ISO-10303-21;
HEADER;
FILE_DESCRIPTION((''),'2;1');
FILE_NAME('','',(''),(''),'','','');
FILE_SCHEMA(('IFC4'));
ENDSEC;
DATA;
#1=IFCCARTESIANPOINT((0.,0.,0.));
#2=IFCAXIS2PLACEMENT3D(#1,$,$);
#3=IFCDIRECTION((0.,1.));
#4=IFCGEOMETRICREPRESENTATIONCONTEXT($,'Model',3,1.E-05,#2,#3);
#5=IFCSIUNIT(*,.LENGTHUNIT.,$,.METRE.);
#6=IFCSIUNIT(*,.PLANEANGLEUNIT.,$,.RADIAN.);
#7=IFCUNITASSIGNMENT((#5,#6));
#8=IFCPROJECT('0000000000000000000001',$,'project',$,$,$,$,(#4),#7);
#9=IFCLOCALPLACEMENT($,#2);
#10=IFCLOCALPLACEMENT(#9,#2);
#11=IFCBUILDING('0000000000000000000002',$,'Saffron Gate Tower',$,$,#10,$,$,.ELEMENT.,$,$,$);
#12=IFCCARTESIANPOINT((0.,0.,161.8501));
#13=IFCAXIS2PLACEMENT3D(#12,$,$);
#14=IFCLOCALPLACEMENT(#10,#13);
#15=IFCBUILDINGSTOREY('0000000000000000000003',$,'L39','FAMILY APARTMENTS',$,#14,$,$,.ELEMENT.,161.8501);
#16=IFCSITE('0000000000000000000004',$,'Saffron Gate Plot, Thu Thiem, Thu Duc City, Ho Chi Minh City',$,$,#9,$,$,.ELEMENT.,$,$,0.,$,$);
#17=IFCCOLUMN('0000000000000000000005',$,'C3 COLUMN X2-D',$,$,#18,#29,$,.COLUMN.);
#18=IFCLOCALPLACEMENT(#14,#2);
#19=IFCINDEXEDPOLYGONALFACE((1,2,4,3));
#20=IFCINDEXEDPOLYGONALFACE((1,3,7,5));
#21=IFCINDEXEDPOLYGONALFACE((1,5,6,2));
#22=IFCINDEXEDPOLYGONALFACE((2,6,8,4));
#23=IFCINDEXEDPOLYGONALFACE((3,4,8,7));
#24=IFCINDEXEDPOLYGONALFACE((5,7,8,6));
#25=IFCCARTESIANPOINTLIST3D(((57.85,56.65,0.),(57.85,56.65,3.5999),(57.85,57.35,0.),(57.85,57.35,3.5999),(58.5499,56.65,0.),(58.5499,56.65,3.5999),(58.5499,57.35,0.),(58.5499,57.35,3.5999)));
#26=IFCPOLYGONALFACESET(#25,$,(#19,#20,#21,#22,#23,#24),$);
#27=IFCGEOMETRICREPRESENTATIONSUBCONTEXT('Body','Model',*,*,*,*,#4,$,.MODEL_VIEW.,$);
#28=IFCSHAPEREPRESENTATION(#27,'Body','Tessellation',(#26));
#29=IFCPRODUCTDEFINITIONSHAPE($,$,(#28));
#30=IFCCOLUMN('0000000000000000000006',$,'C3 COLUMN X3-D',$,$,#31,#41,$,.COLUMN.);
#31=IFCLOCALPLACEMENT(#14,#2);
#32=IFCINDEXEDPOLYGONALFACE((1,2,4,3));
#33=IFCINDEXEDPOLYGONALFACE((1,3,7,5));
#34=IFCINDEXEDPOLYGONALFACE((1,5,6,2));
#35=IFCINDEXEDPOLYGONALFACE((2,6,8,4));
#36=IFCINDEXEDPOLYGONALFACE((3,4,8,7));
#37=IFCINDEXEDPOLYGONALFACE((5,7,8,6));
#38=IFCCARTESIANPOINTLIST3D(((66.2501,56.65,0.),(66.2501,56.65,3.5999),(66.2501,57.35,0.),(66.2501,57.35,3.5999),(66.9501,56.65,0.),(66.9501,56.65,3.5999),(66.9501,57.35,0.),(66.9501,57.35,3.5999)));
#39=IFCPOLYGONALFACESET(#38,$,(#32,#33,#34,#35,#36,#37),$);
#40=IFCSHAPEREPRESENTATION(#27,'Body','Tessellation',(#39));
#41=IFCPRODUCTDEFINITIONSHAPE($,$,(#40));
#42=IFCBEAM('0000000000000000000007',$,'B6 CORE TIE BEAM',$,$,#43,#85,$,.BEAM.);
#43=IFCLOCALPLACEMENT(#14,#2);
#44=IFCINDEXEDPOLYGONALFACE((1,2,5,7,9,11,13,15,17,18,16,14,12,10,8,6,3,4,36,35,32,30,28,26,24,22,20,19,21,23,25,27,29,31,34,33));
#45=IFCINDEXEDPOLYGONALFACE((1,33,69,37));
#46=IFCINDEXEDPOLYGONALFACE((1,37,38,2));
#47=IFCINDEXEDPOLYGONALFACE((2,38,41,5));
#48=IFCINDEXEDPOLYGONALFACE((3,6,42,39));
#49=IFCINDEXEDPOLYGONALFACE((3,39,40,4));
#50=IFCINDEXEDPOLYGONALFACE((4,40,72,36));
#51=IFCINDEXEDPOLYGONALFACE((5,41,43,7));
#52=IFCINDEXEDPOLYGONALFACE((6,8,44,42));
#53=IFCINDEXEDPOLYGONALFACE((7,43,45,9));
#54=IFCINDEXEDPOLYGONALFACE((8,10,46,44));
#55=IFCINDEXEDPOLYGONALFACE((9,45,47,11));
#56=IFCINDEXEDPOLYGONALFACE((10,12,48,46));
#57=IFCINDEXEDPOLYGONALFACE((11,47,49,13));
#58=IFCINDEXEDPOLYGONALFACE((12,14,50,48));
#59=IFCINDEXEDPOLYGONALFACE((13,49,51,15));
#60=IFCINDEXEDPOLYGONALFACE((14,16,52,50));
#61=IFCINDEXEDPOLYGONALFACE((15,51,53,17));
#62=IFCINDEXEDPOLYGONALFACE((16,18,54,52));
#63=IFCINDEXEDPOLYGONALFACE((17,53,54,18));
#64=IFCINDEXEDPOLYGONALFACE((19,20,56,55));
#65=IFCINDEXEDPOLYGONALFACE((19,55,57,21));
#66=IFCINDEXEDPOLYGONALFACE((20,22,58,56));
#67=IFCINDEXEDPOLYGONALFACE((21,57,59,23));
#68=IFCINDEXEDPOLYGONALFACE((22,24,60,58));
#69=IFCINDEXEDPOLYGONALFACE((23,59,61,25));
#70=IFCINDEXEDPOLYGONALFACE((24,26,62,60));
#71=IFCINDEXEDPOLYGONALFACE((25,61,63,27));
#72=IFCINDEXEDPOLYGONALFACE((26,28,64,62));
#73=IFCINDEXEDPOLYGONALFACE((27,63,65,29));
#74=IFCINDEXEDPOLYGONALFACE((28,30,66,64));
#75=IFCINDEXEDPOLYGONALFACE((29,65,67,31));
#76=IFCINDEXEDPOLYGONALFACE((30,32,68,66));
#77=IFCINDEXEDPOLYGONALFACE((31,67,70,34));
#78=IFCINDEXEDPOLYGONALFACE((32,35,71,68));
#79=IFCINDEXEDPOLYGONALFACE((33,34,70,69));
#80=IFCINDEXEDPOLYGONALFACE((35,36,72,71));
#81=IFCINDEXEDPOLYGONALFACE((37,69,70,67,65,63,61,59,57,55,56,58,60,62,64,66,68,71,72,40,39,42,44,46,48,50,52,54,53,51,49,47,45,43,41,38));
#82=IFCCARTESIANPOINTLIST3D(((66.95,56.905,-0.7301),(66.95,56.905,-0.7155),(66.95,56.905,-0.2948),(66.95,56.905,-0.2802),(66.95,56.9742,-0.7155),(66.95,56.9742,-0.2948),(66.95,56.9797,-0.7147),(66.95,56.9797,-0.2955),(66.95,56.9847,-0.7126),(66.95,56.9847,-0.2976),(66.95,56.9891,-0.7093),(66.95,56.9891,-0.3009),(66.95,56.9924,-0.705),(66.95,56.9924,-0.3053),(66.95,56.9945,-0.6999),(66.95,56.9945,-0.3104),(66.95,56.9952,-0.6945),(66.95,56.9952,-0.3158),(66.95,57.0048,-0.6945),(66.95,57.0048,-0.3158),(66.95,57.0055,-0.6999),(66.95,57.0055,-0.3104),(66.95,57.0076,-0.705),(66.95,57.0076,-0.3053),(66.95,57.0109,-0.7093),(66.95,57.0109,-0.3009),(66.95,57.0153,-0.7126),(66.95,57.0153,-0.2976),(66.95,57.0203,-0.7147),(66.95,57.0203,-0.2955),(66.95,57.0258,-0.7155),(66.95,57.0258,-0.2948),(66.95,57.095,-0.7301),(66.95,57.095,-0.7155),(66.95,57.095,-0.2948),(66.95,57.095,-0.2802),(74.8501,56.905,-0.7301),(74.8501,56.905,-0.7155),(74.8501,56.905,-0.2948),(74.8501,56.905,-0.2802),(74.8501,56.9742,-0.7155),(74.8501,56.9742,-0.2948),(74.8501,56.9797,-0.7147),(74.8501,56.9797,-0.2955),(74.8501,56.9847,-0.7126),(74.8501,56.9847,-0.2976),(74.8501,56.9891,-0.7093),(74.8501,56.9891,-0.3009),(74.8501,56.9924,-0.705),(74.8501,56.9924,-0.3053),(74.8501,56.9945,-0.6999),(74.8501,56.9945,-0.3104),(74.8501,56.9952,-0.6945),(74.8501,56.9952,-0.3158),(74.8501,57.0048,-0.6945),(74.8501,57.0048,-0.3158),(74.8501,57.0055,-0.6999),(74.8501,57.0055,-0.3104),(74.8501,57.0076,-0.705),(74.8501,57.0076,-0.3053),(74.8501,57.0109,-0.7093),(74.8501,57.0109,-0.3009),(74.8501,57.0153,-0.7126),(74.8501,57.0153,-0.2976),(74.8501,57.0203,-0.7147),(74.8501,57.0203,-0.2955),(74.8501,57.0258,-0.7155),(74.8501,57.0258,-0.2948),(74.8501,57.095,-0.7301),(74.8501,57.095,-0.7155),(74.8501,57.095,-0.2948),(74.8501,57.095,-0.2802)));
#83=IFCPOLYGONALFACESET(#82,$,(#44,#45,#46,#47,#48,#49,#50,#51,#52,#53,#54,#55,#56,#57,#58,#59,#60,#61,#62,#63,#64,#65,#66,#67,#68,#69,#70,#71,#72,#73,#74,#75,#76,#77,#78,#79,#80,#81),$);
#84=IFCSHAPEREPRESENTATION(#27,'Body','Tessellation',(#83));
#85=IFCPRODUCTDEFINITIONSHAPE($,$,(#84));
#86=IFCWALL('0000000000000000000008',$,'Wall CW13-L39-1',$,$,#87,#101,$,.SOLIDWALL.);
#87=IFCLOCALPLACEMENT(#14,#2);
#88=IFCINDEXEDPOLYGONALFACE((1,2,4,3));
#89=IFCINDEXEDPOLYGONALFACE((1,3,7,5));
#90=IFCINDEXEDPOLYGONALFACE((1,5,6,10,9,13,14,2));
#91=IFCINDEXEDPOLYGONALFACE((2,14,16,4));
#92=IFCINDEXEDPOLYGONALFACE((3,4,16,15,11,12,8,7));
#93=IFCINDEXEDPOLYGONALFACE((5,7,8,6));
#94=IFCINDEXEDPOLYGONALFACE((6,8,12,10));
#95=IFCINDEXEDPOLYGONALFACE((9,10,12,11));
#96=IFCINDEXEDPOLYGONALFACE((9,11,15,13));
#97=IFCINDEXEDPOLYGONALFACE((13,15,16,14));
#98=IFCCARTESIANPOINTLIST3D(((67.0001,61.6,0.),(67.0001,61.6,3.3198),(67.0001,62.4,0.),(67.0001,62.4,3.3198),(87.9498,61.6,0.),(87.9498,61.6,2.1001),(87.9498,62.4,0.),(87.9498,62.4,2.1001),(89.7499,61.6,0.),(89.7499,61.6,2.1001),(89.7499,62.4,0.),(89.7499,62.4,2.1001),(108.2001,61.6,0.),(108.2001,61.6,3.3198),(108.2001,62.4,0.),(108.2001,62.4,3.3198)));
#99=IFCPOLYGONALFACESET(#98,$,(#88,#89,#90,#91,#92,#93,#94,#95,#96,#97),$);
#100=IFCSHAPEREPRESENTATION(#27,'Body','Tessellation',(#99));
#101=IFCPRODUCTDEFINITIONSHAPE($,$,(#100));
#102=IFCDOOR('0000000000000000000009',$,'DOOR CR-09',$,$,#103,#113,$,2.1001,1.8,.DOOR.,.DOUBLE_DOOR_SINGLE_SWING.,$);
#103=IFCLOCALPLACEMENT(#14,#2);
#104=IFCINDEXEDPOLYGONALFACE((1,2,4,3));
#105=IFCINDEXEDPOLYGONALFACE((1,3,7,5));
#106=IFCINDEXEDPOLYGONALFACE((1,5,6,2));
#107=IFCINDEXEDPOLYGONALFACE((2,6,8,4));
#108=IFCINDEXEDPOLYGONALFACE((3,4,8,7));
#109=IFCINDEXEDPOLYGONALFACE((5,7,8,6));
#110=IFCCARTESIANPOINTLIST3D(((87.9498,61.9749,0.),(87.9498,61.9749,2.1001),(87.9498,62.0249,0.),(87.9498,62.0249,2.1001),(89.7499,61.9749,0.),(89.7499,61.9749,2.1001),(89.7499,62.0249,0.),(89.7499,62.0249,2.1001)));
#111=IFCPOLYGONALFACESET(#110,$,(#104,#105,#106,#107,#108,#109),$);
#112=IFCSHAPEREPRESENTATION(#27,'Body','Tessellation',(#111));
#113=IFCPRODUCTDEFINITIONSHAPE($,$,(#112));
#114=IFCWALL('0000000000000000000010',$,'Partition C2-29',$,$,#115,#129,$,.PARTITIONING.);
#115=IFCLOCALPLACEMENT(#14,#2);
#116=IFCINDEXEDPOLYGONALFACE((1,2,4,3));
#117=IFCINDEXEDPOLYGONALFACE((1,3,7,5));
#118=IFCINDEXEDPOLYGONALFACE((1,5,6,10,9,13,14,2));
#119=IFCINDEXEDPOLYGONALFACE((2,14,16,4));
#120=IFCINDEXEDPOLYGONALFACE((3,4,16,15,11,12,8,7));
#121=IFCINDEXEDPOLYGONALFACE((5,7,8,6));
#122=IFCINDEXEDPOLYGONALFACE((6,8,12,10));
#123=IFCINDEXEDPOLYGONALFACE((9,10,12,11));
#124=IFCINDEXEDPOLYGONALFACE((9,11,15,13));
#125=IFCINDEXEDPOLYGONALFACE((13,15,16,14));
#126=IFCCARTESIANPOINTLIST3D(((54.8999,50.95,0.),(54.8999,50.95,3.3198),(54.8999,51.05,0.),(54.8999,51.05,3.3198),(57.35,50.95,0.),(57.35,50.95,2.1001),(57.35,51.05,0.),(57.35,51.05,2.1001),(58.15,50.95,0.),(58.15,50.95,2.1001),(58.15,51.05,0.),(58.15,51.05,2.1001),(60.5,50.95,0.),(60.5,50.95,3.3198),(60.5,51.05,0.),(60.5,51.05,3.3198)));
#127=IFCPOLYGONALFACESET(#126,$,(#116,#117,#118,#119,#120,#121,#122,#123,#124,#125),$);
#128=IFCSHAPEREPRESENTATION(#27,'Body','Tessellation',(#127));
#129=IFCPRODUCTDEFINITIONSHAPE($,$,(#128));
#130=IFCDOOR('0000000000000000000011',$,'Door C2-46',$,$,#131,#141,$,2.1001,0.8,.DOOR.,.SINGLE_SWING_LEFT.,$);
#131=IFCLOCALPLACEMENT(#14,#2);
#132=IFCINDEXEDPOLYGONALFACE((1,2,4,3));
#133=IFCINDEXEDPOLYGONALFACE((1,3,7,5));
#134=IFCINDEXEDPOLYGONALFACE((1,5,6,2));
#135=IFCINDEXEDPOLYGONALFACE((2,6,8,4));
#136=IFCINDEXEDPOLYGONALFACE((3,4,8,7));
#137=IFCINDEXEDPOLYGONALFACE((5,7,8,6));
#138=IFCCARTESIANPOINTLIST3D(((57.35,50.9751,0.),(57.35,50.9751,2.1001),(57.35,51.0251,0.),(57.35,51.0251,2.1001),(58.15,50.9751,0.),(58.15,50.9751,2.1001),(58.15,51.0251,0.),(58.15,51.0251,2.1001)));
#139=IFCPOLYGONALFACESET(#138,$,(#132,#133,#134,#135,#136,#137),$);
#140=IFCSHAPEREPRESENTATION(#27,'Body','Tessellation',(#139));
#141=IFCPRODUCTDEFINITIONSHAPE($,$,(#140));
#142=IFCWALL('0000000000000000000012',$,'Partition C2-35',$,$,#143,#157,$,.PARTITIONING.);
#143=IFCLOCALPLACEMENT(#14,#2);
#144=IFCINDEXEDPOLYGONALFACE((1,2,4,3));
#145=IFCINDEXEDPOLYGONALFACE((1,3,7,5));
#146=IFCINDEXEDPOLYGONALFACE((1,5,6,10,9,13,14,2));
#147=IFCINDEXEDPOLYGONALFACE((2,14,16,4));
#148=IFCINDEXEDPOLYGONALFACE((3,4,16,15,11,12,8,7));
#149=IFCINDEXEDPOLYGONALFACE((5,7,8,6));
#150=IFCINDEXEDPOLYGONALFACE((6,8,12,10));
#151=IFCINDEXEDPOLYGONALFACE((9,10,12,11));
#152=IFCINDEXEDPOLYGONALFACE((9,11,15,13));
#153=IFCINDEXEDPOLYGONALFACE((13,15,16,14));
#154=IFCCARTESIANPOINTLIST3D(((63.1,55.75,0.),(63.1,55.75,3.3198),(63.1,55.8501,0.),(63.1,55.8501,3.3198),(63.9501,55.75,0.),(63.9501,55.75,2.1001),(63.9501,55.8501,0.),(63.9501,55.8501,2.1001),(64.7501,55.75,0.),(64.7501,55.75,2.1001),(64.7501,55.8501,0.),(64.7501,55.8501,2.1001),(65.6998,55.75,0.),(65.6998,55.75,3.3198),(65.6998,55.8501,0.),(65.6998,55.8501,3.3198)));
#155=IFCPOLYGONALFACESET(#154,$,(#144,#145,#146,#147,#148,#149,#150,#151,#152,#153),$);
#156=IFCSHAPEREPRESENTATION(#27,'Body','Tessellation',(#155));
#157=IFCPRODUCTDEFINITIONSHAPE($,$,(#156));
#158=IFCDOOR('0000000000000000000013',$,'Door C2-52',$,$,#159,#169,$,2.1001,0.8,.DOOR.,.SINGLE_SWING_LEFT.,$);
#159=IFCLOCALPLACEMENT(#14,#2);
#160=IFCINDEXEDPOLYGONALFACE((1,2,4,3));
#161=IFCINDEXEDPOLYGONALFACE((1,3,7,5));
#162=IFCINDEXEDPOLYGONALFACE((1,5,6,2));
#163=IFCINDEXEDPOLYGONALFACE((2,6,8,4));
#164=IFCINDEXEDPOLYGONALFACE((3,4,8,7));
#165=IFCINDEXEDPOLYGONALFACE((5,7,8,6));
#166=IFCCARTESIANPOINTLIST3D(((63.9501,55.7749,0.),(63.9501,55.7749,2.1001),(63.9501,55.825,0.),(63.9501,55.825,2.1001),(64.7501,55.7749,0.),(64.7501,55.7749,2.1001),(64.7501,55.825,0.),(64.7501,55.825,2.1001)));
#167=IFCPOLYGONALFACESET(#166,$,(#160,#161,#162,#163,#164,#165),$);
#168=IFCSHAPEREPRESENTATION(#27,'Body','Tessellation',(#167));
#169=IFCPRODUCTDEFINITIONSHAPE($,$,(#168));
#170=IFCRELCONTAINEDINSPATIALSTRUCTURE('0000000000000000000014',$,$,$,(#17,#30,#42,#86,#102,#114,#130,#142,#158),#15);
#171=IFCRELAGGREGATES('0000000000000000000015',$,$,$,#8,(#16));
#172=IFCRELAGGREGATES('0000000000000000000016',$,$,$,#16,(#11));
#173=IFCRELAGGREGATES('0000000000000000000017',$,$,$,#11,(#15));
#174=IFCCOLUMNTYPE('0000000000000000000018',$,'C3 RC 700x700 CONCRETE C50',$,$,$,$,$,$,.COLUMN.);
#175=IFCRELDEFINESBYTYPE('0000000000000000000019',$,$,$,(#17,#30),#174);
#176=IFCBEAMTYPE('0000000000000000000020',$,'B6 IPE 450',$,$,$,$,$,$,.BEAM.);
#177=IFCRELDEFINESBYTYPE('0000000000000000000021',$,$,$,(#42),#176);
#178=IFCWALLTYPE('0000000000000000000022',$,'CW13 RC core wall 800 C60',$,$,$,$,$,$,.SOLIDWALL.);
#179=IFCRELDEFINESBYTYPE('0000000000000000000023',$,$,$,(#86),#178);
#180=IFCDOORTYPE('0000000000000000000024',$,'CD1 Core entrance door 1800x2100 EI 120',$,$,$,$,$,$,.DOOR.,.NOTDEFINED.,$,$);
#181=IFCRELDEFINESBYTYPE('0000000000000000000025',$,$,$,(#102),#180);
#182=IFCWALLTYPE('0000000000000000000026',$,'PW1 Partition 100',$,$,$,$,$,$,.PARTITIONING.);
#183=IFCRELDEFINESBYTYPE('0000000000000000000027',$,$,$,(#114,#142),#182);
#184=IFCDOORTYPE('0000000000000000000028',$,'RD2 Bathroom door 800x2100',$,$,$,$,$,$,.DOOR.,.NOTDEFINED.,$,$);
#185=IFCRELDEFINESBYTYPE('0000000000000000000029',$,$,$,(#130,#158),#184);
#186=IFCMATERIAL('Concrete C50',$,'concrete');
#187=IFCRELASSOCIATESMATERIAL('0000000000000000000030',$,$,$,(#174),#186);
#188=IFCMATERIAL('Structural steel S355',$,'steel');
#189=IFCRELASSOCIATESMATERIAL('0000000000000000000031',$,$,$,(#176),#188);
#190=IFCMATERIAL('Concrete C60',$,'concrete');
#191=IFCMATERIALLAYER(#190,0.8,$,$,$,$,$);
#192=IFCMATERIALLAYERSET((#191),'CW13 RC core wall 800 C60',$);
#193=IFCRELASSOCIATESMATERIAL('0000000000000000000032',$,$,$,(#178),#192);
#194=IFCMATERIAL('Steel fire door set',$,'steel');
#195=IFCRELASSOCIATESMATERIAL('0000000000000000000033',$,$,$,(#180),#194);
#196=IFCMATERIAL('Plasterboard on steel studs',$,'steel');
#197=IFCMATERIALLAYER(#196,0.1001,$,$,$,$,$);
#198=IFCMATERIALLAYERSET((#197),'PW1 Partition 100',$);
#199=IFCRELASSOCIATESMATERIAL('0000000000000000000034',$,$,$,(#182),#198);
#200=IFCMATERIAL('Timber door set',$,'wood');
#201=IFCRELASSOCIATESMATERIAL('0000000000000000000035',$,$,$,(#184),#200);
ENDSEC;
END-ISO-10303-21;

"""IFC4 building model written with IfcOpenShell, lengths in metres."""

from ifc_helpers import new_model, si_unit, direction, frame, frame_2d, origin, origin_2d, place, context, subcontext, project, spatial, rectangle, i_section, extrude, material, layer, layer_set, material_profile, profile_set, type_object, element, fill, save


model = new_model("IFC4")

# Units and contexts
model_context = context("Model", 3, precision=1e-05, world=origin(), true_north=direction((0.0, 1.0)))
body_context = subcontext(model_context, "Body", "Model", "MODEL_VIEW")
ifc_project = project(units=[si_unit("LENGTHUNIT", "METRE"), si_unit("PLANEANGLEUNIT", "RADIAN")], contexts=[model_context])

# Site, building, storey
site_placement = place(None, origin())
site = spatial("IfcSite", under=ifc_project, at=site_placement, Name="Saffron Gate Plot, Thu Thiem, Thu Duc City, Ho Chi Minh City", CompositionType="ELEMENT", RefElevation=0.0)
building_placement = place(site_placement, origin())
building = spatial("IfcBuilding", under=site, at=building_placement, Name="Saffron Gate Tower", CompositionType="ELEMENT")
storey_placement = place(building_placement, frame((0.0, 0.0, 161.8501)))
storey = spatial("IfcBuildingStorey", under=building, at=storey_placement, Name="L39", Description="FAMILY APARTMENTS", CompositionType="ELEMENT", Elevation=161.8501)

# Columns
ifc_material_1 = material(Name="Concrete C50", Category="concrete")
ifc_material_profile_1 = material_profile(ifc_material_1, rectangle(XDim=0.7, YDim=0.7, at=origin_2d()))
ifc_profile_set_1 = profile_set([ifc_material_profile_1], Name="Concrete C50")
column_type = type_object("IfcColumnType", Name="C3 RC 700x700 CONCRETE C50", PredefinedType="COLUMN", material=ifc_profile_set_1)
for number, where, z_axis, x_axis, name in (
    (1, (58.2, 57.0, 0.0), (0.0, 0.0, 1.0), (1.0, 0.0, 0.0), "C3 COLUMN X2-D"),
    (2, (66.6001, 57.0, 0.0), (0.0, 0.0, 1.0), (1.0, 0.0, 0.0), "C3 COLUMN X3-D"),
):
    element("IfcColumn", number, at=place(storey_placement, frame(where, z_axis=z_axis, x_axis=x_axis)), inside=storey, type_object=column_type, Name=name, PredefinedType="COLUMN", context=body_context, shape_type="SweptSolid", body=[
        extrude(rectangle(XDim=0.7, YDim=0.7, at=origin_2d()), origin(), (0.0, 0.0, 1.0), 3.5999),
    ])

# Beam
ifc_material_2 = material(Name="Structural steel S355", Category="steel")
ifc_material_profile_2 = material_profile(ifc_material_2, i_section(OverallWidth=0.1899, OverallDepth=0.45, WebThickness=0.0095, FlangeThickness=0.0146, FilletRadius=0.021, at=origin_2d()))
ifc_profile_set_2 = profile_set([ifc_material_profile_2], Name="Structural steel S355")
beam_type = type_object("IfcBeamType", Name="B6 IPE 450", PredefinedType="BEAM", material=ifc_profile_set_2)
beam_placement = place(storey_placement, frame((66.95, 57.0, -0.5051), z_axis=(1.0, 0.0, 0.0), x_axis=(0.0, 1.0, 0.0)))
element("IfcBeam", 3, at=beam_placement, inside=storey, type_object=beam_type, Name="B6 CORE TIE BEAM", PredefinedType="BEAM", context=body_context, shape_type="SweptSolid", body=[
    extrude(i_section(OverallWidth=0.1899, OverallDepth=0.45, WebThickness=0.0095, FlangeThickness=0.0146, FilletRadius=0.021, at=origin_2d()), origin(), (0.0, 0.0, 1.0), 7.9001),
])

# Walls, openings, doors
ifc_material_3 = material(Name="Concrete C60", Category="concrete")
ifc_layer_1 = layer(ifc_material_3, 0.8)
ifc_layer_set_1 = layer_set([ifc_layer_1], Name="CW13 RC core wall 800 C60")
wall_type_1 = type_object("IfcWallType", Name="CW13 RC core wall 800 C60", PredefinedType="SOLIDWALL", material=ifc_layer_set_1)
wall_1_placement = place(storey_placement, frame((67.0, 62.0, 0.0), z_axis=(0.0, 0.0, 1.0), x_axis=(1.0, 0.0, 0.0)))
wall_1 = element("IfcWall", 4, at=wall_1_placement, inside=storey, type_object=wall_type_1, Name="Wall CW13-L39-1", PredefinedType="SOLIDWALL", context=body_context, shape_type="SweptSolid", body=[
    extrude(rectangle(XDim=41.2, YDim=0.8, at=frame_2d((20.6001, 0.0))), origin(), (0.0, 0.0, 1.0), 3.3198),
])
opening_1_placement = place(wall_1_placement, frame((20.95, 0.0, 0.0)))
opening_1 = element("IfcOpeningElement", 5, at=opening_1_placement, cuts=wall_1, PredefinedType="OPENING", context=body_context, shape_type="SweptSolid", body=[
    extrude(rectangle(XDim=1.8, YDim=2.1001, at=frame_2d((0.8999, 1.05))), frame((0.0, 0.4102, 0.0), z_axis=(0.0, -1.0, 0.0), x_axis=(1.0, 0.0, 0.0)), (0.0, 0.0, 1.0), 0.8201),
])
ifc_material_4 = material(Name="Steel fire door set", Category="steel")
door_type_1 = type_object("IfcDoorType", Name="CD1 Core entrance door 1800x2100 EI 120", OperationType="NOTDEFINED", PredefinedType="DOOR", material=ifc_material_4)
door_1_placement = place(opening_1_placement, origin())
door_1 = element("IfcDoor", 6, at=door_1_placement, inside=storey, type_object=door_type_1, Name="DOOR CR-09", OperationType="DOUBLE_DOOR_SINGLE_SWING", OverallHeight=2.1001, OverallWidth=1.8, PredefinedType="DOOR", context=body_context, shape_type="SweptSolid", body=[
    extrude(rectangle(XDim=1.8, YDim=2.1001, at=frame_2d((0.8999, 1.05))), frame((0.0, 0.0249, 0.0), z_axis=(0.0, -1.0, 0.0), x_axis=(1.0, 0.0, 0.0)), (0.0, 0.0, 1.0), 0.05),
])
fill(opening_1, door_1)
ifc_material_5 = material(Name="Plasterboard on steel studs", Category="steel")
ifc_layer_2 = layer(ifc_material_5, 0.1001)
ifc_layer_set_2 = layer_set([ifc_layer_2], Name="PW1 Partition 100")
wall_type_2 = type_object("IfcWallType", Name="PW1 Partition 100", PredefinedType="PARTITIONING", material=ifc_layer_set_2)
wall_2_placement = place(storey_placement, frame((60.5, 51.0, 0.0), z_axis=(0.0, 0.0, 1.0), x_axis=(-1.0, 0.0, 0.0)))
wall_2 = element("IfcWall", 7, at=wall_2_placement, inside=storey, type_object=wall_type_2, Name="Partition C2-29", PredefinedType="PARTITIONING", context=body_context, shape_type="SweptSolid", body=[
    extrude(rectangle(XDim=5.6001, YDim=0.1001, at=frame_2d((2.8, 0.0))), origin(), (0.0, 0.0, 1.0), 3.3198),
])
opening_2_placement = place(wall_2_placement, frame((2.3501, 0.0, 0.0)))
opening_2 = element("IfcOpeningElement", 8, at=opening_2_placement, cuts=wall_2, PredefinedType="OPENING", context=body_context, shape_type="SweptSolid", body=[
    extrude(rectangle(XDim=0.8, YDim=2.1001, at=frame_2d((0.3999, 1.05))), frame((0.0, 0.0601, 0.0), z_axis=(0.0, -1.0, 0.0), x_axis=(1.0, 0.0, 0.0)), (0.0, 0.0, 1.0), 0.1201),
])
ifc_material_6 = material(Name="Timber door set", Category="wood")
door_type_2 = type_object("IfcDoorType", Name="RD2 Bathroom door 800x2100", OperationType="NOTDEFINED", PredefinedType="DOOR", material=ifc_material_6)
door_2_placement = place(opening_2_placement, origin())
door_2 = element("IfcDoor", 9, at=door_2_placement, inside=storey, type_object=door_type_2, Name="Door C2-46", OperationType="SINGLE_SWING_LEFT", OverallHeight=2.1001, OverallWidth=0.8, PredefinedType="DOOR", context=body_context, shape_type="SweptSolid", body=[
    extrude(rectangle(XDim=0.8, YDim=2.1001, at=frame_2d((0.3999, 1.05))), frame((0.0, 0.0249, 0.0), z_axis=(0.0, -1.0, 0.0), x_axis=(1.0, 0.0, 0.0)), (0.0, 0.0, 1.0), 0.05),
])
fill(opening_2, door_2)
wall_3_placement = place(storey_placement, frame((63.1001, 55.8, 0.0), z_axis=(0.0, 0.0, 1.0), x_axis=(1.0, 0.0, 0.0)))
wall_3 = element("IfcWall", 10, at=wall_3_placement, inside=storey, type_object=wall_type_2, Name="Partition C2-35", PredefinedType="PARTITIONING", context=body_context, shape_type="SweptSolid", body=[
    extrude(rectangle(XDim=2.5999, YDim=0.1001, at=frame_2d((1.2998, 0.0))), origin(), (0.0, 0.0, 1.0), 3.3198),
])
opening_3_placement = place(wall_3_placement, frame((0.8501, 0.0, 0.0)))
opening_3 = element("IfcOpeningElement", 11, at=opening_3_placement, cuts=wall_3, PredefinedType="OPENING", context=body_context, shape_type="SweptSolid", body=[
    extrude(rectangle(XDim=0.8, YDim=2.1001, at=frame_2d((0.3999, 1.05))), frame((0.0, 0.0601, 0.0), z_axis=(0.0, -1.0, 0.0), x_axis=(1.0, 0.0, 0.0)), (0.0, 0.0, 1.0), 0.1201),
])
door_3_placement = place(opening_3_placement, origin())
door_3 = element("IfcDoor", 12, at=door_3_placement, inside=storey, type_object=door_type_2, Name="Door C2-52", OperationType="SINGLE_SWING_LEFT", OverallHeight=2.1001, OverallWidth=0.8, PredefinedType="DOOR", context=body_context, shape_type="SweptSolid", body=[
    extrude(rectangle(XDim=0.8, YDim=2.1001, at=frame_2d((0.3999, 1.05))), frame((0.0, 0.0249, 0.0), z_axis=(0.0, -1.0, 0.0), x_axis=(1.0, 0.0, 0.0)), (0.0, 0.0, 1.0), 0.05),
])
fill(opening_3, door_3)

save(model, "model.ifc")
